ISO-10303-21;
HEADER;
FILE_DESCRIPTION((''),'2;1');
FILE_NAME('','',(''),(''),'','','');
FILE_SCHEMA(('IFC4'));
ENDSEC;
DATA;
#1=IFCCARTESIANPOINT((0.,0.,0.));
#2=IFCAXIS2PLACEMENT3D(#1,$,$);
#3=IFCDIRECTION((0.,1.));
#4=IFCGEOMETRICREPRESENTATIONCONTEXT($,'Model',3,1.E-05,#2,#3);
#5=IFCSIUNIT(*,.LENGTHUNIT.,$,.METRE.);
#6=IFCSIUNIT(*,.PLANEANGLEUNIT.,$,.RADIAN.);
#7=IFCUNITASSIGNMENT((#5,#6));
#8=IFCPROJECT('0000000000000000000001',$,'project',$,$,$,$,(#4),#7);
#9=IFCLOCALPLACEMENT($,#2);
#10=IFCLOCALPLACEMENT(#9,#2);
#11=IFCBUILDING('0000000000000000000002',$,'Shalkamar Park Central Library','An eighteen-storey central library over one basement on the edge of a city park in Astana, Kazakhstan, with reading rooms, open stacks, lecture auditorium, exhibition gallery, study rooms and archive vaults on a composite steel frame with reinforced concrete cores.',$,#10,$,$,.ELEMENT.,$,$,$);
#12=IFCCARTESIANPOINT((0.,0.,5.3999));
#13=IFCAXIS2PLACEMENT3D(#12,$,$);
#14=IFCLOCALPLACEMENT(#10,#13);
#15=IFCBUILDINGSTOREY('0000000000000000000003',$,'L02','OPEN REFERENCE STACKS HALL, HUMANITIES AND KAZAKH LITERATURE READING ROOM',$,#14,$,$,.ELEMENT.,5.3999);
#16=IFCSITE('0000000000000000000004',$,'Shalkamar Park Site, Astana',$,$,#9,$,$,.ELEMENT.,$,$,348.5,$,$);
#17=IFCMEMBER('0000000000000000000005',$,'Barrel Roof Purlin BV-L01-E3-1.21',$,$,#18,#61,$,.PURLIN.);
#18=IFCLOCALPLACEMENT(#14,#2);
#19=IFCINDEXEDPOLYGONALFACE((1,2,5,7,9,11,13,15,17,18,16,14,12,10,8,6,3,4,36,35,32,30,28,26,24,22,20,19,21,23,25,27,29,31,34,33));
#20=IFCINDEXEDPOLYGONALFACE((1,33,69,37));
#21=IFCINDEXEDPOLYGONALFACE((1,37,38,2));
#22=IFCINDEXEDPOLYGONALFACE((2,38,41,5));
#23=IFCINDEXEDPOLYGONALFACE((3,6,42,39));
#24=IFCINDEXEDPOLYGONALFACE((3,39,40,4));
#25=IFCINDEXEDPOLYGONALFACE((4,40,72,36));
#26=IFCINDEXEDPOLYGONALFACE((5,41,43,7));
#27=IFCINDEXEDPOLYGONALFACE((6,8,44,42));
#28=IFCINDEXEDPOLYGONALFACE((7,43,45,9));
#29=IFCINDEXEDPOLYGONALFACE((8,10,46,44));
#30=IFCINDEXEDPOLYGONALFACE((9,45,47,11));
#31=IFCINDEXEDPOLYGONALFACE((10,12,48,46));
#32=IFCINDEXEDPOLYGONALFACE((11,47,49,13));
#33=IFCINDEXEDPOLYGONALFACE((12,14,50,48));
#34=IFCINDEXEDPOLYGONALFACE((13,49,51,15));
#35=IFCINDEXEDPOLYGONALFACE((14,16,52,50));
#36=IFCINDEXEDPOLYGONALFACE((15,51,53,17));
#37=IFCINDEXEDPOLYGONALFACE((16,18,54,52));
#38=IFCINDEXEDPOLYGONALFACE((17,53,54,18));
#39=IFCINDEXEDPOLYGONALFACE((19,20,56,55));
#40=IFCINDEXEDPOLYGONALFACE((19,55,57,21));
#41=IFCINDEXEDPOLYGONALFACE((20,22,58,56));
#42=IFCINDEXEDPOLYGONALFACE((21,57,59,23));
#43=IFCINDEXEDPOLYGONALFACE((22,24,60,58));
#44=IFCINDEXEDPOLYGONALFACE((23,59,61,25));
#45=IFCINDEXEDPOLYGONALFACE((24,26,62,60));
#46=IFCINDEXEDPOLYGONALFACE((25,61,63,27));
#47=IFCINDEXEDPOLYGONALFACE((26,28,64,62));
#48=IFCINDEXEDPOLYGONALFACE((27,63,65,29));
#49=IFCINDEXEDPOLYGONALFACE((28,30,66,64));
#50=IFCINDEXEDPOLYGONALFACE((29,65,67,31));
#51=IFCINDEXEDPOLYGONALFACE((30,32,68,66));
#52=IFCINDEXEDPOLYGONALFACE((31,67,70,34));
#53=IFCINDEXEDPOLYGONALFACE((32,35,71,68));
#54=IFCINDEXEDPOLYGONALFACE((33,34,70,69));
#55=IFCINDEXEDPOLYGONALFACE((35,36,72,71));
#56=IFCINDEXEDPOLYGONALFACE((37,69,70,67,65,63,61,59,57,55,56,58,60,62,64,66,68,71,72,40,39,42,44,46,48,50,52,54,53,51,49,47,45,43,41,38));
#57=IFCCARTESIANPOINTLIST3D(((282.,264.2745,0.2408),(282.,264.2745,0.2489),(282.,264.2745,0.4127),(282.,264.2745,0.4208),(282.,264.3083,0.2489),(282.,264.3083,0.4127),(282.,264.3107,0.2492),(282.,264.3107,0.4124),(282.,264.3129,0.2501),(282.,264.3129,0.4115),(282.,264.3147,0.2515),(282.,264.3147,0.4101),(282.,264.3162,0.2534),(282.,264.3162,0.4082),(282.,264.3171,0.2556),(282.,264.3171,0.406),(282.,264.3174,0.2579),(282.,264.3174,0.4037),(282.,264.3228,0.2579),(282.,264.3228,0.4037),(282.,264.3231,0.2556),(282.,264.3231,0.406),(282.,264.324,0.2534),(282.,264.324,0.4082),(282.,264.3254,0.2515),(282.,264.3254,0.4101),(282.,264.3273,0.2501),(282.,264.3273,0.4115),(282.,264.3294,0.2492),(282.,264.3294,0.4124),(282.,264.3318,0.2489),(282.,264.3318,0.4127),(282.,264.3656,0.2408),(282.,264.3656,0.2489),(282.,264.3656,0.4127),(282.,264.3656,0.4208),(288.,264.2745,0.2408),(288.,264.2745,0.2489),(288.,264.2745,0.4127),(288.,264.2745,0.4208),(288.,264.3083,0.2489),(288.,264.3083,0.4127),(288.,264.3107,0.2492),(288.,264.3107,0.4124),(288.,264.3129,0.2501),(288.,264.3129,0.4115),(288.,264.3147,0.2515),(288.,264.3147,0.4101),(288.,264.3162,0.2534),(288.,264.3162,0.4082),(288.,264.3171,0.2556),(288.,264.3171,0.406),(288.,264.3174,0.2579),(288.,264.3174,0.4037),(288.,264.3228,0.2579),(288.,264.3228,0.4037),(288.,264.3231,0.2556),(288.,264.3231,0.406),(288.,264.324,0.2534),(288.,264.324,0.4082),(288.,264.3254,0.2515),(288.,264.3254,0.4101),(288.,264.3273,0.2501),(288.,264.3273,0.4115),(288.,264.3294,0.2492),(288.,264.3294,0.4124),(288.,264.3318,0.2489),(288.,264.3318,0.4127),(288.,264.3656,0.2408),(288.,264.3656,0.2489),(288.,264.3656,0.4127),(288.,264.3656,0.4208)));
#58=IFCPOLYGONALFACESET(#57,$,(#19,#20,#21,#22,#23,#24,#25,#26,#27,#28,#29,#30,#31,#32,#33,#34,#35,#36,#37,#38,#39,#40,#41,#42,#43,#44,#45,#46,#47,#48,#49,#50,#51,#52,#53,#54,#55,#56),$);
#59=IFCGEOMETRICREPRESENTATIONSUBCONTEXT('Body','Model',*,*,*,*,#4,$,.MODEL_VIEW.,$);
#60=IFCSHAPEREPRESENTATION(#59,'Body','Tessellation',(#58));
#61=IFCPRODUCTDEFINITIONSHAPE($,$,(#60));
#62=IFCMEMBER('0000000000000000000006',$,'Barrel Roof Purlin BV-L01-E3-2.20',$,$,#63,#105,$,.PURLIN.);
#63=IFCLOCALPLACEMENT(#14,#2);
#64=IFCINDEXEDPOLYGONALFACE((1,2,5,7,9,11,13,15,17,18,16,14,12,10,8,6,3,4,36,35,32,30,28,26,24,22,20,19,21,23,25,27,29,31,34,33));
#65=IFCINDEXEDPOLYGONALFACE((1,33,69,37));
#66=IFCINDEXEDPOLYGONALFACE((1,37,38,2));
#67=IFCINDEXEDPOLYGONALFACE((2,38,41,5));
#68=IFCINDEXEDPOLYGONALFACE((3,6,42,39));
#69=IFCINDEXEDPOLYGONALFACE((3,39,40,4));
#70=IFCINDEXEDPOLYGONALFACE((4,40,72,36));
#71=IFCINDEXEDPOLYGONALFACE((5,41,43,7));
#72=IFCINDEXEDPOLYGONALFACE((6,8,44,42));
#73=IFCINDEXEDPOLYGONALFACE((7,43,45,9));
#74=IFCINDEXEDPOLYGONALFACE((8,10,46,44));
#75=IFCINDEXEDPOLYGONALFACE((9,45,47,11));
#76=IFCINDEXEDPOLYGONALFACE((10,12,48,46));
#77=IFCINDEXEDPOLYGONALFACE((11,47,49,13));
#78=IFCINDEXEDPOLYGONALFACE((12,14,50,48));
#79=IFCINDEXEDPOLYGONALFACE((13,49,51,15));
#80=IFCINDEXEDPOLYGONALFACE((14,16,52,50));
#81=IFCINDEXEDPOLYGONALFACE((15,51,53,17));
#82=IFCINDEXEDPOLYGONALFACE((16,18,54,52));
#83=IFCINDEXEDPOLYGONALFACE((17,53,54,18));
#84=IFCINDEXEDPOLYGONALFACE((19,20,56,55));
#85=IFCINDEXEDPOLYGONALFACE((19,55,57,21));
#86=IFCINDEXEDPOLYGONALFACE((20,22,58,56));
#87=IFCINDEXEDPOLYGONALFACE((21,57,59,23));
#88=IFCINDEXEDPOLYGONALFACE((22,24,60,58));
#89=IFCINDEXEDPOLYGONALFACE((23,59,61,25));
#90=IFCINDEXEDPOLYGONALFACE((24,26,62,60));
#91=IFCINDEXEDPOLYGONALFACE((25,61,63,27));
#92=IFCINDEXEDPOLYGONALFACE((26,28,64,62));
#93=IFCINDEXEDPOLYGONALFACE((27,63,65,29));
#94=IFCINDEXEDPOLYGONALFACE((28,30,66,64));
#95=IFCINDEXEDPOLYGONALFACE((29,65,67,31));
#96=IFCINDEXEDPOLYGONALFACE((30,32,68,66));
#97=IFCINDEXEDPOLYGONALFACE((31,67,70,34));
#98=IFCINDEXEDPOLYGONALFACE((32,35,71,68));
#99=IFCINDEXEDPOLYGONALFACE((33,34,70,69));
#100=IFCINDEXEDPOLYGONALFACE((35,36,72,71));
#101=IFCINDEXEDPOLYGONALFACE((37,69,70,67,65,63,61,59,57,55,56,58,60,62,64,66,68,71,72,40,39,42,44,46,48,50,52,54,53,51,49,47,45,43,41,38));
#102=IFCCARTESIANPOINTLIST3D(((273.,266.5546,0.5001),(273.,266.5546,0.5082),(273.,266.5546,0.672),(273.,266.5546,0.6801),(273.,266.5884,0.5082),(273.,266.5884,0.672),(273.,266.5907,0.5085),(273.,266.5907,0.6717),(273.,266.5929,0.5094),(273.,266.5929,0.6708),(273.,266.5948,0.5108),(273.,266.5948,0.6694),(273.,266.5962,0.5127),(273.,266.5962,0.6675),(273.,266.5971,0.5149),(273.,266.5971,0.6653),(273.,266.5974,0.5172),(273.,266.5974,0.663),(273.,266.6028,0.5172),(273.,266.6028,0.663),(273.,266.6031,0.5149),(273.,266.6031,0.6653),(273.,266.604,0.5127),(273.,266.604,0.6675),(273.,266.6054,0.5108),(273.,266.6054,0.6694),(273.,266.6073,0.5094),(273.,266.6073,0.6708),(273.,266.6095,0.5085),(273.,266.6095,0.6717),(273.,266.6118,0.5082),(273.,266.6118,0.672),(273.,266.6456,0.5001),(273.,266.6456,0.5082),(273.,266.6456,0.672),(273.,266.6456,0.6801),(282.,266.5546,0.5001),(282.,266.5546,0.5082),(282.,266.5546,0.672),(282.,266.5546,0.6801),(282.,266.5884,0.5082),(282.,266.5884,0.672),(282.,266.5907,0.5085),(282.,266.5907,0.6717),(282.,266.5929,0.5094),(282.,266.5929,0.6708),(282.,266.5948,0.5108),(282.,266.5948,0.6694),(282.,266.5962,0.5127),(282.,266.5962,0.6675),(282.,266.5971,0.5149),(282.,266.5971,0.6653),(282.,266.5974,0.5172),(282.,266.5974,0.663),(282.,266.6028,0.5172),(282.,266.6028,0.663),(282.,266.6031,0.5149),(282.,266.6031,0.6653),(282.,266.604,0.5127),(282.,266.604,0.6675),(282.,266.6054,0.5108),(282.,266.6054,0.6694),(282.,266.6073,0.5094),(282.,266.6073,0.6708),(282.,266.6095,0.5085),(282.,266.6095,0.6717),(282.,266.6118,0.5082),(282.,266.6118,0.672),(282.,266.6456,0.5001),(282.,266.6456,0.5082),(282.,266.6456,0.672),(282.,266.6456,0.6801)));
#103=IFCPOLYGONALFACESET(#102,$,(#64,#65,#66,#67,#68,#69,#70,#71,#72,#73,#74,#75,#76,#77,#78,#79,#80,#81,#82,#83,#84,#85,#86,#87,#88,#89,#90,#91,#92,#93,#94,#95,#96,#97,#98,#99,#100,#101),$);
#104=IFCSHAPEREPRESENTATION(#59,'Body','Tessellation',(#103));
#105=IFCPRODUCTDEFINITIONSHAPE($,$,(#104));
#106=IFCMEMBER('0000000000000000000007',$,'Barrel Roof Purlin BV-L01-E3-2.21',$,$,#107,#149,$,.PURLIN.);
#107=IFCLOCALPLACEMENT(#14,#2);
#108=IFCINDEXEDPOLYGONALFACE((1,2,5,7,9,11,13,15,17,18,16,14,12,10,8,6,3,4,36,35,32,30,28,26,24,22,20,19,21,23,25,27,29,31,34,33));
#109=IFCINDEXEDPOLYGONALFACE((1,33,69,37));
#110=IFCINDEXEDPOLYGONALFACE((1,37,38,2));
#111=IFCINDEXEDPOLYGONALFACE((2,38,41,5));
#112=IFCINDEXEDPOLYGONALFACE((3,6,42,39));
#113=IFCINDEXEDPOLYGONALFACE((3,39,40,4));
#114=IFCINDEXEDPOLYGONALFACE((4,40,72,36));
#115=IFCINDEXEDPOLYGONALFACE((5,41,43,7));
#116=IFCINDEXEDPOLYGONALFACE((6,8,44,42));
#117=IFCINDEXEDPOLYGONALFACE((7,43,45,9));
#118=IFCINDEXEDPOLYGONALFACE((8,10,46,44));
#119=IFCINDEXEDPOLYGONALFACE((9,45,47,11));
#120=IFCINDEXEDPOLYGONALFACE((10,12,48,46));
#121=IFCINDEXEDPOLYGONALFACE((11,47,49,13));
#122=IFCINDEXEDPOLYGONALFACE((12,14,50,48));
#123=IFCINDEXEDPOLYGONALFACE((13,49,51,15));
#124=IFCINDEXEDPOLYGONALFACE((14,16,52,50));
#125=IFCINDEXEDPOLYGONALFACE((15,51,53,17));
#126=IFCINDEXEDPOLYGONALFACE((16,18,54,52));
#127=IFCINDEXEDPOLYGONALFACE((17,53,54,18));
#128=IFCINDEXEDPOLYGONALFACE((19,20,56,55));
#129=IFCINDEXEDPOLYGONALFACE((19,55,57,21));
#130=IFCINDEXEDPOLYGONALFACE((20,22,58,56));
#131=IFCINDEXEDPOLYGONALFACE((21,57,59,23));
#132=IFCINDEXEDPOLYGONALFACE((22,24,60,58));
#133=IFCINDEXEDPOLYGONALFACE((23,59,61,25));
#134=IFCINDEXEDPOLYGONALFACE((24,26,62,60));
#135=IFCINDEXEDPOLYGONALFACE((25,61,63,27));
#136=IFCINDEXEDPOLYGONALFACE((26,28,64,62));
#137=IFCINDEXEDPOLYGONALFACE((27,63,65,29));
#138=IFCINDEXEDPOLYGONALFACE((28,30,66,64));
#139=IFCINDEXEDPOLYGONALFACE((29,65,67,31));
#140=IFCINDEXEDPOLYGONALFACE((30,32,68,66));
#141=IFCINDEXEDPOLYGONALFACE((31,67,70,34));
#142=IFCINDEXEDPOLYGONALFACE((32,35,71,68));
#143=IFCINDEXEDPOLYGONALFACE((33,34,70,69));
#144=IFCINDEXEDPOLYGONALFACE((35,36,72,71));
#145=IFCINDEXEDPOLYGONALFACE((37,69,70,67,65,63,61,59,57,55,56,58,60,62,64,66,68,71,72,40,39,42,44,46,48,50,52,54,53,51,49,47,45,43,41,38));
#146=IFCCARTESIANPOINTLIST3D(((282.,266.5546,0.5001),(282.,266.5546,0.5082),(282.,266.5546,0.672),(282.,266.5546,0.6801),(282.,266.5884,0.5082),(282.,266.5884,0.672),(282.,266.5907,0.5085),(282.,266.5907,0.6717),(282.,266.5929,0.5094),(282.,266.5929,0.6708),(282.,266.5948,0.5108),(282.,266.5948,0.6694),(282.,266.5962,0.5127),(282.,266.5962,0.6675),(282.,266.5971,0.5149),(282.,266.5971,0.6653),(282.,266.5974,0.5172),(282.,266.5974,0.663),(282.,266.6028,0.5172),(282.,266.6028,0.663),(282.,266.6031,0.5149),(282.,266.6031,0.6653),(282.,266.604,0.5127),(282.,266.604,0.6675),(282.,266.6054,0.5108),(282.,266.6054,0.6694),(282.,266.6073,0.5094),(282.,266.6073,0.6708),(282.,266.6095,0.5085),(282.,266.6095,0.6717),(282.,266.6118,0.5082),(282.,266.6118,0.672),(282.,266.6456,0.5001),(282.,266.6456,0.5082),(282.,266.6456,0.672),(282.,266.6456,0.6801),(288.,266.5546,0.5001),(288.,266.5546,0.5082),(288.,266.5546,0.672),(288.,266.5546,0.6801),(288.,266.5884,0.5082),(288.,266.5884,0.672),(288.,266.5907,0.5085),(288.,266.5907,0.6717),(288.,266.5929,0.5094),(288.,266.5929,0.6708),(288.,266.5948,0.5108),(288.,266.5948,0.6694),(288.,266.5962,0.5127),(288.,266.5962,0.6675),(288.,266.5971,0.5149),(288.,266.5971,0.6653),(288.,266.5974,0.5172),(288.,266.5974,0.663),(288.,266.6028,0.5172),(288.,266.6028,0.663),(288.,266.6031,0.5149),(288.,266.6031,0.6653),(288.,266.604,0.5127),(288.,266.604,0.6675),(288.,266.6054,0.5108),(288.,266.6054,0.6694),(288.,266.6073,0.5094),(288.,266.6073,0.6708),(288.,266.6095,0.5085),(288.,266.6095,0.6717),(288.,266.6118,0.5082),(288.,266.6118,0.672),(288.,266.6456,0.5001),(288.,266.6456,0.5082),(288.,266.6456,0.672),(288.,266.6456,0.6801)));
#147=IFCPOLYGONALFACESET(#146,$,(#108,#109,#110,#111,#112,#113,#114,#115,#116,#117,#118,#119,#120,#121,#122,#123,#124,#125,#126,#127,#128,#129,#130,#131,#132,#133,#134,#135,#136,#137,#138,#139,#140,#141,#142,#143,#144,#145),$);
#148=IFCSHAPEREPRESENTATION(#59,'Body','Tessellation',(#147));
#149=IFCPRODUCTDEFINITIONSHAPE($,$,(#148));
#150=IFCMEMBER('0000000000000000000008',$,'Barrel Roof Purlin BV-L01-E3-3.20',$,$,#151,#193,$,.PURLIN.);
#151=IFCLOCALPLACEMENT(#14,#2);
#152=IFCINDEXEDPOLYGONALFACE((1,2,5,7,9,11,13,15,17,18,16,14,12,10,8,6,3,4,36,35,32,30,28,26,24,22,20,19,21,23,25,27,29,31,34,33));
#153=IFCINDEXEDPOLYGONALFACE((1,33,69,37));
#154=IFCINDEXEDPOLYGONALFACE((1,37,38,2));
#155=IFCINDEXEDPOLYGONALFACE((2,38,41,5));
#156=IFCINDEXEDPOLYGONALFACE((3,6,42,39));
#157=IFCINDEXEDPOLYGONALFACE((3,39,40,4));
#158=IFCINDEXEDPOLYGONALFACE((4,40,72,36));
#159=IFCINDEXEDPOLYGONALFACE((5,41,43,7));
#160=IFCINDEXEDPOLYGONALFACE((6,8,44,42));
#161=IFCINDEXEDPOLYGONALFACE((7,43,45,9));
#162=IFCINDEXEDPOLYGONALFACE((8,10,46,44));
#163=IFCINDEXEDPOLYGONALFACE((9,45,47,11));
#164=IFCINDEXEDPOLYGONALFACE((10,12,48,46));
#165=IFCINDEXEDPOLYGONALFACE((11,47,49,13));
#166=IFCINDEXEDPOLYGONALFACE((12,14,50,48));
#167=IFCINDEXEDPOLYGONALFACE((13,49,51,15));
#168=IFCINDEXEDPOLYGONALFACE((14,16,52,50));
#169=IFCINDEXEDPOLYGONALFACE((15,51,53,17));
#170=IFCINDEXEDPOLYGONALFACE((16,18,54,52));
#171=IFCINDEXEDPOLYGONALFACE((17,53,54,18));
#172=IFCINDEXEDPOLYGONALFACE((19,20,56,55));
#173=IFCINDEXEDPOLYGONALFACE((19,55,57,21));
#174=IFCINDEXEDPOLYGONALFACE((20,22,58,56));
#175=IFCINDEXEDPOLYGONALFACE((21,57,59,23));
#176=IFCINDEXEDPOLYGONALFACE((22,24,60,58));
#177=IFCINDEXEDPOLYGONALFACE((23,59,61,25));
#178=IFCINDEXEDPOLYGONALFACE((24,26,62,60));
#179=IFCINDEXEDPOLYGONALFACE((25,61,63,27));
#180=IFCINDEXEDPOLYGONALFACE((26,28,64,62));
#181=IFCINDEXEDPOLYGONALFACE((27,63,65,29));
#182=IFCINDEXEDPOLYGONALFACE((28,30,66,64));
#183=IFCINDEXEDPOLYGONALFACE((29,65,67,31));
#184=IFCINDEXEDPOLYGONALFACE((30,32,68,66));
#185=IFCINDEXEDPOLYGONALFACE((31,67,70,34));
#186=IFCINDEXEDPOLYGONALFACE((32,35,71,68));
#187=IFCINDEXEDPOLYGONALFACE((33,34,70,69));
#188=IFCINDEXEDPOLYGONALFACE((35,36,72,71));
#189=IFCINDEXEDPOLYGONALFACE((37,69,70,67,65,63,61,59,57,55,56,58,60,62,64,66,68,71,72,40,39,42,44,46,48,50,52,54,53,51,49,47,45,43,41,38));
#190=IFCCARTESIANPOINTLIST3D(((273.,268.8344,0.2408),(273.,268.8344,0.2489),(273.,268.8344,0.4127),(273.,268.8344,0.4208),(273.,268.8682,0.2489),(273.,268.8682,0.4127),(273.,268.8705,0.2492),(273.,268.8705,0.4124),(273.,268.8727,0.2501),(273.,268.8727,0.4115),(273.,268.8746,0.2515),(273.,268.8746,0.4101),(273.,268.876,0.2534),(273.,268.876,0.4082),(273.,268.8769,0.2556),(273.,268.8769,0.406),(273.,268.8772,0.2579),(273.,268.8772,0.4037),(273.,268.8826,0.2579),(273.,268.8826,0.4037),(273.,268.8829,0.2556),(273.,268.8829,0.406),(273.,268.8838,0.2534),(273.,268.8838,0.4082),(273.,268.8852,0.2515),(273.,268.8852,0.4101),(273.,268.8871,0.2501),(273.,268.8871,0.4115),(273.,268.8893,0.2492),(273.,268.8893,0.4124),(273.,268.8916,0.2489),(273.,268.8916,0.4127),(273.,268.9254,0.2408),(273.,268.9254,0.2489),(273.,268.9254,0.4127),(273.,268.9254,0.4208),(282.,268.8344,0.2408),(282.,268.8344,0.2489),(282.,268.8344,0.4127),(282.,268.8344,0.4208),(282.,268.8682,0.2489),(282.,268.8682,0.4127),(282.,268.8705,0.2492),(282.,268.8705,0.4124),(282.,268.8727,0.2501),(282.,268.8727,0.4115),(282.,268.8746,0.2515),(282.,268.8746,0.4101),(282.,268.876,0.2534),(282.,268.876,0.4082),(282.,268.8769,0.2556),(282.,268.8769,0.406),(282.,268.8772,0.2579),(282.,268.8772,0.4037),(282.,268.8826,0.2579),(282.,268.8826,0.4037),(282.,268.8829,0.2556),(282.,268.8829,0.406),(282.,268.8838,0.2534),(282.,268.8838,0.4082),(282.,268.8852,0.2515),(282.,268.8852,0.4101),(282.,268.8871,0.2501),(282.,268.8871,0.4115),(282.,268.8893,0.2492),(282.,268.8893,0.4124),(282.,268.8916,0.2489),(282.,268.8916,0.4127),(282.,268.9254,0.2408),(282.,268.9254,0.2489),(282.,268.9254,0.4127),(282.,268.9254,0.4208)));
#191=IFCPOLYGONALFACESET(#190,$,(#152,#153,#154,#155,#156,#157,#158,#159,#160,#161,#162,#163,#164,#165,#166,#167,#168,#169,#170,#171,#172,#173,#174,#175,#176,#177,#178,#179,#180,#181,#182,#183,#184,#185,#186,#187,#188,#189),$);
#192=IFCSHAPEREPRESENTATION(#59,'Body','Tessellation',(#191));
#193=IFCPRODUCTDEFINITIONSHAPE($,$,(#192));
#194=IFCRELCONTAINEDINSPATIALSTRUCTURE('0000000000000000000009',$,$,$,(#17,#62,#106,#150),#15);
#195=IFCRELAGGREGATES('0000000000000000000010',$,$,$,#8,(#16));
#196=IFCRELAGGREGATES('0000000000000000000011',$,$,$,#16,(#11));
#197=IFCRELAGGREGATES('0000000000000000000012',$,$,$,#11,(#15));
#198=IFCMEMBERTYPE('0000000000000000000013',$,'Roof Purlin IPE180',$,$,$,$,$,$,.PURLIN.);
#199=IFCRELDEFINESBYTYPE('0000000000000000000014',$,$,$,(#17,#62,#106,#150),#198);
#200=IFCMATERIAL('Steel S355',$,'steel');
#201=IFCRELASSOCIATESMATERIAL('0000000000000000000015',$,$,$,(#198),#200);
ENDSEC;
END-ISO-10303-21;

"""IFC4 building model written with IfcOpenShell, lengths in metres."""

from ifc_helpers import new_model, si_unit, direction, frame, origin, origin_2d, place, context, subcontext, project, spatial, i_section, extrude, material, material_profile, profile_set, type_object, element, save


model = new_model("IFC4")

# Units and contexts
model_context = context("Model", 3, precision=1e-05, world=origin(), true_north=direction((0.0, 1.0)))
body_context = subcontext(model_context, "Body", "Model", "MODEL_VIEW")
ifc_project = project(units=[si_unit("LENGTHUNIT", "METRE"), si_unit("PLANEANGLEUNIT", "RADIAN")], contexts=[model_context])

# Site, building, storey
site_placement = place(None, origin())
site = spatial("IfcSite", under=ifc_project, at=site_placement, Name="Shalkamar Park Site, Astana", CompositionType="ELEMENT", RefElevation=348.5)
building_placement = place(site_placement, origin())
building = spatial("IfcBuilding", under=site, at=building_placement, Name="Shalkamar Park Central Library", Description="An eighteen-storey central library over one basement on the edge of a city park in Astana, Kazakhstan, with reading rooms, open stacks, lecture auditorium, exhibition gallery, study rooms and archive vaults on a composite steel frame with reinforced concrete cores.", CompositionType="ELEMENT")
storey_placement = place(building_placement, frame((0.0, 0.0, 5.3999)))
storey = spatial("IfcBuildingStorey", under=building, at=storey_placement, Name="L02", Description="OPEN REFERENCE STACKS HALL, HUMANITIES AND KAZAKH LITERATURE READING ROOM", CompositionType="ELEMENT", Elevation=5.3999)

# Shared definitions
ifc_material_1 = material(Name="Steel S355", Category="steel")

# Members
ifc_material_profile_1 = material_profile(ifc_material_1, i_section(OverallWidth=0.0911, OverallDepth=0.1799, WebThickness=0.0054, FlangeThickness=0.0081, FilletRadius=0.009, at=origin_2d()), Name="IPE 180")
ifc_profile_set_1 = profile_set([ifc_material_profile_1], Name="Steel S355")
member_type_1 = type_object("IfcMemberType", Name="Roof Purlin IPE180", PredefinedType="PURLIN", material=ifc_profile_set_1)
member_1_placement = place(storey_placement, frame((282.0, 264.3201, 0.3308), z_axis=(1.0, 0.0, 0.0), x_axis=(0.0, 1.0, 0.0)))
element("IfcMember", 1, at=member_1_placement, inside=storey, type_object=member_type_1, Name="Barrel Roof Purlin BV-L01-E3-1.21", PredefinedType="PURLIN", context=body_context, shape_type="SweptSolid", body=[
    extrude(i_section(OverallWidth=0.0911, OverallDepth=0.1799, WebThickness=0.0054, FlangeThickness=0.0081, FilletRadius=0.009, at=origin_2d()), origin(), (0.0, 0.0, 1.0), 6.0),
])
member_2_placement = place(storey_placement, frame((273.0, 266.6001, 0.5901), z_axis=(1.0, 0.0, 0.0), x_axis=(0.0, 1.0, 0.0)))
element("IfcMember", 2, at=member_2_placement, inside=storey, type_object=member_type_1, Name="Barrel Roof Purlin BV-L01-E3-2.20", PredefinedType="PURLIN", context=body_context, shape_type="SweptSolid", body=[
    extrude(i_section(OverallWidth=0.0911, OverallDepth=0.1799, WebThickness=0.0054, FlangeThickness=0.0081, FilletRadius=0.009, at=origin_2d()), origin(), (0.0, 0.0, 1.0), 9.0),
])
member_3_placement = place(storey_placement, frame((282.0, 266.6001, 0.5901), z_axis=(1.0, 0.0, 0.0), x_axis=(0.0, 1.0, 0.0)))
element("IfcMember", 3, at=member_3_placement, inside=storey, type_object=member_type_1, Name="Barrel Roof Purlin BV-L01-E3-2.21", PredefinedType="PURLIN", context=body_context, shape_type="SweptSolid", body=[
    extrude(i_section(OverallWidth=0.0911, OverallDepth=0.1799, WebThickness=0.0054, FlangeThickness=0.0081, FilletRadius=0.009, at=origin_2d()), origin(), (0.0, 0.0, 1.0), 6.0),
])
member_4_placement = place(storey_placement, frame((273.0, 268.8799, 0.3308), z_axis=(1.0, 0.0, 0.0), x_axis=(0.0, 1.0, 0.0)))
element("IfcMember", 4, at=member_4_placement, inside=storey, type_object=member_type_1, Name="Barrel Roof Purlin BV-L01-E3-3.20", PredefinedType="PURLIN", context=body_context, shape_type="SweptSolid", body=[
    extrude(i_section(OverallWidth=0.0911, OverallDepth=0.1799, WebThickness=0.0054, FlangeThickness=0.0081, FilletRadius=0.009, at=origin_2d()), origin(), (0.0, 0.0, 1.0), 9.0),
])

save(model, "model.ifc")
